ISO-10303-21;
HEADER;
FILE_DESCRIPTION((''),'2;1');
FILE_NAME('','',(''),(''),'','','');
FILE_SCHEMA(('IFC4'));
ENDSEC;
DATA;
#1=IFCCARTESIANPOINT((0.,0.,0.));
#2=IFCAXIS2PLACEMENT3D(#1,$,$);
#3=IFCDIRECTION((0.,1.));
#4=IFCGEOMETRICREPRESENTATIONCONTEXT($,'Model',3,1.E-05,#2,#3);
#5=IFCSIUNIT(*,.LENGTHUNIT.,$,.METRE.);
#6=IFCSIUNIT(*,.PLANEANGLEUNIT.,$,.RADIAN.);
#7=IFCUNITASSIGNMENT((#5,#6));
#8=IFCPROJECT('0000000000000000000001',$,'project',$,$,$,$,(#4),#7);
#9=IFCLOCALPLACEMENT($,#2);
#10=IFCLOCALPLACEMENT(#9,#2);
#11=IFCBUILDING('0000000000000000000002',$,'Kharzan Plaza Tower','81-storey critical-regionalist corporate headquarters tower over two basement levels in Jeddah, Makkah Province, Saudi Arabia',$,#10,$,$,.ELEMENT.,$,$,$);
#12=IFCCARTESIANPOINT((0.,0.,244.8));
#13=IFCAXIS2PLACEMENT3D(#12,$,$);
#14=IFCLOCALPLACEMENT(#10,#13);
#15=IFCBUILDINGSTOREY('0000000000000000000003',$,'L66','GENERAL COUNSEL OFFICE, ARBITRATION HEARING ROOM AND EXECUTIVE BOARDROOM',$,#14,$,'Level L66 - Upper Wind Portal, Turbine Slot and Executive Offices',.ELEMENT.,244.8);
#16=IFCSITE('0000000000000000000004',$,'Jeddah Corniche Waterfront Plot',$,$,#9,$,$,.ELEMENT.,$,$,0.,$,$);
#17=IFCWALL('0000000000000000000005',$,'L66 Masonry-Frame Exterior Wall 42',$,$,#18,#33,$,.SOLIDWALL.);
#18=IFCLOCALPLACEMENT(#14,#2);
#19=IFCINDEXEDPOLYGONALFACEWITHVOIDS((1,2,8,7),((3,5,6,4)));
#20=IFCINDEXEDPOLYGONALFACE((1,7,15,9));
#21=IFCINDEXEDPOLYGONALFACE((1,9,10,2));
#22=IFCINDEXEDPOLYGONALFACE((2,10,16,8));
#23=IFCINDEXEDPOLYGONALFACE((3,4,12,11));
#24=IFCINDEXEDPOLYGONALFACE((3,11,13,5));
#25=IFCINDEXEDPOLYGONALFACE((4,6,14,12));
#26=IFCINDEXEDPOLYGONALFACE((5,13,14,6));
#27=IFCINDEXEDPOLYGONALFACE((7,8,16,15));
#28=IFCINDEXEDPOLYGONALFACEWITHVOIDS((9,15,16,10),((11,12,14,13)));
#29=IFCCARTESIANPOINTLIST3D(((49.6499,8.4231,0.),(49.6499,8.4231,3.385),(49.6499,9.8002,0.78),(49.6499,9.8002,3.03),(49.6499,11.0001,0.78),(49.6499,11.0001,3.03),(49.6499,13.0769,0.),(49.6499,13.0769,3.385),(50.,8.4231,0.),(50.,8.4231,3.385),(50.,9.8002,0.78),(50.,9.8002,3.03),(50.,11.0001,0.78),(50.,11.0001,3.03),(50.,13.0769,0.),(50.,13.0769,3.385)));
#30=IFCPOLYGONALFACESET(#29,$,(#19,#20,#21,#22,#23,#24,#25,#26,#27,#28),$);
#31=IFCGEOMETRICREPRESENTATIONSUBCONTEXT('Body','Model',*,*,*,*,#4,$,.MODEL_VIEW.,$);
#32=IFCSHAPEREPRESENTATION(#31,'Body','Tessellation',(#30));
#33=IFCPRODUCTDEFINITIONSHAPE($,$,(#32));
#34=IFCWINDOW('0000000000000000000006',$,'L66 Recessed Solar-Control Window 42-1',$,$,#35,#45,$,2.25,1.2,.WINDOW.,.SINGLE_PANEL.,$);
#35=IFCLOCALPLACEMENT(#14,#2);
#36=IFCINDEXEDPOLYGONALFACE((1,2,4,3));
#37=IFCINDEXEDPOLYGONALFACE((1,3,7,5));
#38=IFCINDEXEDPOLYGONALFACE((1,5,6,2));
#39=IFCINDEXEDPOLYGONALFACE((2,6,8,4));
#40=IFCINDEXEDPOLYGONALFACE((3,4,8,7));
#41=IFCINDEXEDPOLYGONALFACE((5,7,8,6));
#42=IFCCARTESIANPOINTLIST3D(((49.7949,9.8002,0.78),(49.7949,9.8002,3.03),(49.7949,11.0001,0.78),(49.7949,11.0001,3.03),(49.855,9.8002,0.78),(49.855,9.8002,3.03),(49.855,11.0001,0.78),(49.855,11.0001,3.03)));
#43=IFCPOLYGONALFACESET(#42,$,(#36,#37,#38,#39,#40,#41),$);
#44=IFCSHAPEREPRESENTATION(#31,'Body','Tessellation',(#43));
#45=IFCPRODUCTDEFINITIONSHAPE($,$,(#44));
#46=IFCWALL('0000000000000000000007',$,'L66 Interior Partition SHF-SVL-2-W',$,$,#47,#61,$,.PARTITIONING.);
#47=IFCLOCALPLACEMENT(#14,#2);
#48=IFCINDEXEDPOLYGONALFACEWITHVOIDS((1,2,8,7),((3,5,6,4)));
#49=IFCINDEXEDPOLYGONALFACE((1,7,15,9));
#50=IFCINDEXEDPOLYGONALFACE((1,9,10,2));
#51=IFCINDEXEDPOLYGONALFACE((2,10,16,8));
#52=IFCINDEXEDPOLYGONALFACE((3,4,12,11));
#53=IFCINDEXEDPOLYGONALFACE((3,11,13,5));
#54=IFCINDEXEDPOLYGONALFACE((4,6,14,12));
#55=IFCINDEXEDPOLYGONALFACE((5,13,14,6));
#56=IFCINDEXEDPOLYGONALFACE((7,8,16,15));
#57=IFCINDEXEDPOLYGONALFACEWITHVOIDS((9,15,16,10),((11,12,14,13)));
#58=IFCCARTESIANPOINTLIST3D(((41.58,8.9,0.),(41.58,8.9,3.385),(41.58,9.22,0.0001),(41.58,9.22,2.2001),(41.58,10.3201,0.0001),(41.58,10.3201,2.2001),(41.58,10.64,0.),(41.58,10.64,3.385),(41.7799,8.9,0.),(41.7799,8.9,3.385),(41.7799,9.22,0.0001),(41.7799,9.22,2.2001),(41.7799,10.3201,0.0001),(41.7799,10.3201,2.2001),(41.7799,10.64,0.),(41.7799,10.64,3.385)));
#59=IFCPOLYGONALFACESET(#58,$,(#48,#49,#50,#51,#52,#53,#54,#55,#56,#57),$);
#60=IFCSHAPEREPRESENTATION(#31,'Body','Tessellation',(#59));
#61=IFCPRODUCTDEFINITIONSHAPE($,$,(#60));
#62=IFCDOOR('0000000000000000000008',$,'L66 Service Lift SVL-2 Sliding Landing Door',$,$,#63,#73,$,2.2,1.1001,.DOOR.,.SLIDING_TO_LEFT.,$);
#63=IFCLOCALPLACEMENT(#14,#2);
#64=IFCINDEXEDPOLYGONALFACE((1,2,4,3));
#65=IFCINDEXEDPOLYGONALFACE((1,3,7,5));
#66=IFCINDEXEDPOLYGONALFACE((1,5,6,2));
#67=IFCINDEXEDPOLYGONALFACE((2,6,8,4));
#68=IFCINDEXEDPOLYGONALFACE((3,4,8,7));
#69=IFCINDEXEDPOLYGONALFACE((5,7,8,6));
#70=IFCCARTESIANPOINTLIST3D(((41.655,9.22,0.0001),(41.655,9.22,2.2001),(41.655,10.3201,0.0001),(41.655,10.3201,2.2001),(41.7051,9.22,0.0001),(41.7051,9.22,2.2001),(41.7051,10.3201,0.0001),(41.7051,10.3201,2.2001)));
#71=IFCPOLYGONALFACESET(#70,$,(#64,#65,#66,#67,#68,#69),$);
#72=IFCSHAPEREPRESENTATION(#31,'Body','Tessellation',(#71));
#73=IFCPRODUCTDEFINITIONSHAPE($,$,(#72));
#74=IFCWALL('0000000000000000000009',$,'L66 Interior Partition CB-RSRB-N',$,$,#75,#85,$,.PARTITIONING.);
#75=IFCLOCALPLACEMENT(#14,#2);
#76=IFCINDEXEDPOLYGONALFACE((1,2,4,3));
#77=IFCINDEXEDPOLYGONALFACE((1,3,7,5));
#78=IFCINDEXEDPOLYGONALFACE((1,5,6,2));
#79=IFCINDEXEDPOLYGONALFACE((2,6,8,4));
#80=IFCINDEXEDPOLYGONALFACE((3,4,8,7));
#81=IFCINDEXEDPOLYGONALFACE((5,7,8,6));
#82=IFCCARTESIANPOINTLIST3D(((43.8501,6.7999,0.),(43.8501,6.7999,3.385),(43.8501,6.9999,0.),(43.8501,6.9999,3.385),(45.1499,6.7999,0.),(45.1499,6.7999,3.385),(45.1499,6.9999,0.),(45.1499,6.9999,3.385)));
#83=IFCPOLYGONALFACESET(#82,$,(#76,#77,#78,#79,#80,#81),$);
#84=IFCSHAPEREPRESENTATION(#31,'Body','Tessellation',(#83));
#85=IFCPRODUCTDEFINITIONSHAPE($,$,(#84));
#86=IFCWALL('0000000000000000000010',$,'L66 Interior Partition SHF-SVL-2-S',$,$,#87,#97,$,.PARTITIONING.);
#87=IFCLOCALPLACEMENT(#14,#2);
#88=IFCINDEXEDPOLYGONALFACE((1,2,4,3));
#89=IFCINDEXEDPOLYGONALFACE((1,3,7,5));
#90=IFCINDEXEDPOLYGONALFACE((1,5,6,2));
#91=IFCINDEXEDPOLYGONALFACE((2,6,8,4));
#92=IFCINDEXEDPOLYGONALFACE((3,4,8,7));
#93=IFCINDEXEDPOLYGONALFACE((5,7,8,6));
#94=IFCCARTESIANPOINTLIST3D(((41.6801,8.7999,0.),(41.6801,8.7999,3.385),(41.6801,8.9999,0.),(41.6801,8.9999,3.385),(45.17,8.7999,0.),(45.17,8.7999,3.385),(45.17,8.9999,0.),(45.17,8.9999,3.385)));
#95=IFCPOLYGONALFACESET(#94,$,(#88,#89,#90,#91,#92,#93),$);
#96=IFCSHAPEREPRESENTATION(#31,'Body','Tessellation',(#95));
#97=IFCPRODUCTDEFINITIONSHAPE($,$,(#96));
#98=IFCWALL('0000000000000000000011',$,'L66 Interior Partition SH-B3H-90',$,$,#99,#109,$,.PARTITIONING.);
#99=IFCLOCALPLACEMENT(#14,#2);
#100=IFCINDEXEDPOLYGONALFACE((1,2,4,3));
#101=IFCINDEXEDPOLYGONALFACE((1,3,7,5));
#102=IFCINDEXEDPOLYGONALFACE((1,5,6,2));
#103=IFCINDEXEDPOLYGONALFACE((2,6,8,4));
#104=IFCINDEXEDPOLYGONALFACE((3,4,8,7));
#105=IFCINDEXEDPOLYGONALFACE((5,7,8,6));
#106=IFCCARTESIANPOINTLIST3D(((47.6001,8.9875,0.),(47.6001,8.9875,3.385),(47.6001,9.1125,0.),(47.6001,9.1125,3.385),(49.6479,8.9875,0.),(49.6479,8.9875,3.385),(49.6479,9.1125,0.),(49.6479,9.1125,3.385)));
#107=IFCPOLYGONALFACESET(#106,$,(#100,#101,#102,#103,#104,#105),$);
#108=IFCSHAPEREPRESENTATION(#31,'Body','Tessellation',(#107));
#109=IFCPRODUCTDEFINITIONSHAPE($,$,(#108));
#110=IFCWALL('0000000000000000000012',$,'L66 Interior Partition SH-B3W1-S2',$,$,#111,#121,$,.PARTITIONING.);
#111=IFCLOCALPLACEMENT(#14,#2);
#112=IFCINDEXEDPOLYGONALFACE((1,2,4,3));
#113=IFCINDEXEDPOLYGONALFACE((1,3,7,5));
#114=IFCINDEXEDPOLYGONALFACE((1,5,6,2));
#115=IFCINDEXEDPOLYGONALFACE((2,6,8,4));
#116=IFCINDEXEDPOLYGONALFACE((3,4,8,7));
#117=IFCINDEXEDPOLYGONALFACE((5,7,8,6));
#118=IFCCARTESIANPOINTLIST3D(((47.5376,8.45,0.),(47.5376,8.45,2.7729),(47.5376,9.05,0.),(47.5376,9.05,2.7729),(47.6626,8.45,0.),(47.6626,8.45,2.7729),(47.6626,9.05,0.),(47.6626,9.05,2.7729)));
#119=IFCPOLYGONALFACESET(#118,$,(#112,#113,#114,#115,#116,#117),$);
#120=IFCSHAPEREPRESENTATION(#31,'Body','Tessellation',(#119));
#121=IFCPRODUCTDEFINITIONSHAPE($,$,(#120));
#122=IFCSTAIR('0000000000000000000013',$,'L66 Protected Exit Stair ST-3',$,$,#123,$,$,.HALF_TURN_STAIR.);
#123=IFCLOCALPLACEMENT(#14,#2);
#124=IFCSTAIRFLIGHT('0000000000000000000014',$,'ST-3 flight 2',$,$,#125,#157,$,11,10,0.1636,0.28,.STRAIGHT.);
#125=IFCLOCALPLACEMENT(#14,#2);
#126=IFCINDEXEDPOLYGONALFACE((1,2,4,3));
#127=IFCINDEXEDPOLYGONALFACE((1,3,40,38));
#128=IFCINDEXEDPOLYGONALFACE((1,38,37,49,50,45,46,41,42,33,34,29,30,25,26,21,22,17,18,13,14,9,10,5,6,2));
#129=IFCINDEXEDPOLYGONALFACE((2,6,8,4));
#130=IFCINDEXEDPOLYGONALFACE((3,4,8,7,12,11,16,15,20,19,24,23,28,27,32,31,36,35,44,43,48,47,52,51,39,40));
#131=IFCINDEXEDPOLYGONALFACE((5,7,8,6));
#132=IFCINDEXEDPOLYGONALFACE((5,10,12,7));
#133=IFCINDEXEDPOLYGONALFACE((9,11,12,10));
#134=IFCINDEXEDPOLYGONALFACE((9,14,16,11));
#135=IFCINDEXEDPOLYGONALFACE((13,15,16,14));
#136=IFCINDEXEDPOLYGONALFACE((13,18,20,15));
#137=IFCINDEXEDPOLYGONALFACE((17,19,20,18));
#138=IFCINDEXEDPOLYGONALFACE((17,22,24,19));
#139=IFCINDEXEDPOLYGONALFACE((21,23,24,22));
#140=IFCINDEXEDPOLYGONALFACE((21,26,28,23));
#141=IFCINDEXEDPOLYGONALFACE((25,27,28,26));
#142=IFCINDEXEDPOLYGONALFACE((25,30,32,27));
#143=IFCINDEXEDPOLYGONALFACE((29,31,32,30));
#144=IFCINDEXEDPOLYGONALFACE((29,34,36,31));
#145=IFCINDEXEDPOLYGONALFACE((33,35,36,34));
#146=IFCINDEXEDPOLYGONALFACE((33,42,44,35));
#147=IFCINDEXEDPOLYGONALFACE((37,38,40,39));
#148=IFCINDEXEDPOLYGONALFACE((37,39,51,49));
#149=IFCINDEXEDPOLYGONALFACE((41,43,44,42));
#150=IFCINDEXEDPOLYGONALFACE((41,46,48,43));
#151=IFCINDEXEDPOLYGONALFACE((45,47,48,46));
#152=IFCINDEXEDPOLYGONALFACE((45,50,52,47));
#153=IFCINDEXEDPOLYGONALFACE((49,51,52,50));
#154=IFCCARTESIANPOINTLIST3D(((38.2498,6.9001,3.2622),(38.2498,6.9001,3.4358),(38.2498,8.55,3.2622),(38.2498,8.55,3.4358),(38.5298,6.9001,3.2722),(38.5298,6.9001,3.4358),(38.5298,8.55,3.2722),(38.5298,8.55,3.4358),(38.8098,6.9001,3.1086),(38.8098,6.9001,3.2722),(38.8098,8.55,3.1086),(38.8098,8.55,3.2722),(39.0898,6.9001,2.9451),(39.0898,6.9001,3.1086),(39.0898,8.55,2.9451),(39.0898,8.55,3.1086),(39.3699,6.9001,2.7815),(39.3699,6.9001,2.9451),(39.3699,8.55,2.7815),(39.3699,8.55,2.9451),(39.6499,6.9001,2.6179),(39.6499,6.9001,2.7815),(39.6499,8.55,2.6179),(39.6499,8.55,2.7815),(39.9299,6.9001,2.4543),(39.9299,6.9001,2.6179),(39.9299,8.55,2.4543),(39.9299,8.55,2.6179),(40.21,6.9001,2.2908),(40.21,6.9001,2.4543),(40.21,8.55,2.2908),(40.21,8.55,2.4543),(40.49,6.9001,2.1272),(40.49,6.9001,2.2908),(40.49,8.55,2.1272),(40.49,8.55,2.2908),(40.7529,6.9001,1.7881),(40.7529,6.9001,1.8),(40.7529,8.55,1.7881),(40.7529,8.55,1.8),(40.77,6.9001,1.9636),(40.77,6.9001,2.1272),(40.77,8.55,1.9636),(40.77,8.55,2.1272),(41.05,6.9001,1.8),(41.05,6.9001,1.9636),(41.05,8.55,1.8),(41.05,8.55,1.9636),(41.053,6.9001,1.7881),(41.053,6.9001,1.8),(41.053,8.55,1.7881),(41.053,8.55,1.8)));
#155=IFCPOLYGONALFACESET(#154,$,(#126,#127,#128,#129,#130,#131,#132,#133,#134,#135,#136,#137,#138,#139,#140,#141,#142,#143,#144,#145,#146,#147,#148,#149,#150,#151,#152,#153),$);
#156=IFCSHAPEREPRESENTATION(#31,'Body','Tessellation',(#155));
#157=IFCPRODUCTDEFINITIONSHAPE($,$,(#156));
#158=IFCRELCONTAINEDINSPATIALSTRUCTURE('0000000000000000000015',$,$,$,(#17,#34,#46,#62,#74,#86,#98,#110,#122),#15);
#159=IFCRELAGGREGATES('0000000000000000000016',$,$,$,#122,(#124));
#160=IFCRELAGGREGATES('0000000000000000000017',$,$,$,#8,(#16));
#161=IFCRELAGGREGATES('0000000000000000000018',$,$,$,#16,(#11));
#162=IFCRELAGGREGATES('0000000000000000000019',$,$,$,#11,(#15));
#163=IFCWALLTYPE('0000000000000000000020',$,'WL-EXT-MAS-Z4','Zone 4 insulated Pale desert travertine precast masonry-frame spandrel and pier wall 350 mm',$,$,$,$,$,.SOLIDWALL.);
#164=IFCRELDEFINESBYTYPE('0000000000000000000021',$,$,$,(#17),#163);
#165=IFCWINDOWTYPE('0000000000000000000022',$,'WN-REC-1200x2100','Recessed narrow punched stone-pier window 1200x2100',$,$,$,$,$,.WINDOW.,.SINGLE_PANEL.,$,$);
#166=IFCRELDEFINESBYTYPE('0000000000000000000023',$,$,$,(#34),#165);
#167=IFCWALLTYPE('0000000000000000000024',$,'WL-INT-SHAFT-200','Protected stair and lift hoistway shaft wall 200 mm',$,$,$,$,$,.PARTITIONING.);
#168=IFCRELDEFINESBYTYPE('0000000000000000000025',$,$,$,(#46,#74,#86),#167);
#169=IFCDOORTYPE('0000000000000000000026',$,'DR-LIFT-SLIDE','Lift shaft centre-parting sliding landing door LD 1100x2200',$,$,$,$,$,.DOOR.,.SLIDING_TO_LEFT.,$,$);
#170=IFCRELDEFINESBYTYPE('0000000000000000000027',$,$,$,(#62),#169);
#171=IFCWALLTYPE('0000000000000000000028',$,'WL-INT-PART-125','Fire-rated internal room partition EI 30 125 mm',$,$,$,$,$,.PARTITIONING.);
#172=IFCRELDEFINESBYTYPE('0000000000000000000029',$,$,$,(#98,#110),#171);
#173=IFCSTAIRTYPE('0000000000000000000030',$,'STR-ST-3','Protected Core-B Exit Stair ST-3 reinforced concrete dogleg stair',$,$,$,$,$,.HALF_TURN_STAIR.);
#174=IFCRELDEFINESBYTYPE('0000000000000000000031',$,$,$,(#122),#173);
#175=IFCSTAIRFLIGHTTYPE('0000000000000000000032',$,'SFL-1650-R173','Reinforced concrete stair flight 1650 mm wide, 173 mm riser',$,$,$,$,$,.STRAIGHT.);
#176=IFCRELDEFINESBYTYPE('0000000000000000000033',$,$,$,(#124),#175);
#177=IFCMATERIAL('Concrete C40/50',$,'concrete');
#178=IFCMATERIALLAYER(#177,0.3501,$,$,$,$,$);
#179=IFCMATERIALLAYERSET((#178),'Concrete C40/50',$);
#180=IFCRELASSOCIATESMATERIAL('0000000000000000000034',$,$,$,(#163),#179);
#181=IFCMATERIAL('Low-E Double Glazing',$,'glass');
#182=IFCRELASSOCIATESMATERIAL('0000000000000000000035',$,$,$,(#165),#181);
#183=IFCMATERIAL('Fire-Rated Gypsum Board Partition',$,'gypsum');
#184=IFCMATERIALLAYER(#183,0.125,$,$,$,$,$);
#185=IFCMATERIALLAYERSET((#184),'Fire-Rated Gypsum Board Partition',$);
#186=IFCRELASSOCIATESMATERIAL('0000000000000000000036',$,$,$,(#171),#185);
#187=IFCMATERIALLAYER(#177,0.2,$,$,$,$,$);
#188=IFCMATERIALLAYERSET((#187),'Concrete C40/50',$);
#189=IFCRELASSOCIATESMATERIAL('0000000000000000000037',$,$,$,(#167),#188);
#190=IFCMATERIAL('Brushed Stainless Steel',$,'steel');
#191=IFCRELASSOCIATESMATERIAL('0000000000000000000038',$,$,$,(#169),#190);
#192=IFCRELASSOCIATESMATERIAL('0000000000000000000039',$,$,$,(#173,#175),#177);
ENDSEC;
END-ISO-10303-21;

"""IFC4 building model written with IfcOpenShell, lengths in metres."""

from ifc_helpers import new_model, si_unit, direction, frame, frame_2d, origin, place, context, subcontext, project, spatial, polyline, rectangle, outline, extrude, source, transform, mapped, material, layer, layer_set, type_object, element, fill, aggregate, save


model = new_model("IFC4")

# Units and contexts
model_context = context("Model", 3, precision=1e-05, world=origin(), true_north=direction((0.0, 1.0)))
body_context = subcontext(model_context, "Body", "Model", "MODEL_VIEW")
ifc_project = project(units=[si_unit("LENGTHUNIT", "METRE"), si_unit("PLANEANGLEUNIT", "RADIAN")], contexts=[model_context])

# Site, building, storey
site_placement = place(None, origin())
site = spatial("IfcSite", under=ifc_project, at=site_placement, Name="Jeddah Corniche Waterfront Plot", CompositionType="ELEMENT", RefElevation=0.0)
building_placement = place(site_placement, origin())
building = spatial("IfcBuilding", under=site, at=building_placement, Name="Kharzan Plaza Tower", Description="81-storey critical-regionalist corporate headquarters tower over two basement levels in Jeddah, Makkah Province, Saudi Arabia", CompositionType="ELEMENT")
storey_placement = place(building_placement, frame((0.0, 0.0, 244.8)))
storey = spatial("IfcBuildingStorey", under=building, at=storey_placement, Name="L66", Description="GENERAL COUNSEL OFFICE, ARBITRATION HEARING ROOM AND EXECUTIVE BOARDROOM", LongName="Level L66 - Upper Wind Portal, Turbine Slot and Executive Offices", CompositionType="ELEMENT", Elevation=244.8)

# Wall, opening, window
ifc_material_1 = material(Name="Concrete C40/50", Category="concrete")
ifc_layer_1 = layer(ifc_material_1, 0.3501)
ifc_layer_set_1 = layer_set([ifc_layer_1], Name="Concrete C40/50")
wall_type_1 = type_object("IfcWallType", Name="WL-EXT-MAS-Z4", Description="Zone 4 insulated Pale desert travertine precast masonry-frame spandrel and pier wall 350 mm", PredefinedType="SOLIDWALL", material=ifc_layer_set_1)
wall_1_placement = place(storey_placement, frame((49.825, 8.4231, 0.0), z_axis=(0.0, 0.0, 1.0), x_axis=(0.0, 1.0, 0.0)))
wall_1 = element("IfcWall", 1, at=wall_1_placement, inside=storey, type_object=wall_type_1, Name="L66 Masonry-Frame Exterior Wall 42", PredefinedType="SOLIDWALL", context=body_context, shape_type="SweptSolid", body=[
    extrude(rectangle(XDim=4.6538, YDim=0.3501, at=frame_2d((2.3269, 0.0))), origin(), (0.0, 0.0, 1.0), 3.385),
])
opening_1_placement = place(wall_1_placement, frame((1.377, 0.0, 0.78)))
opening_1 = element("IfcOpeningElement", 2, at=opening_1_placement, cuts=wall_1, PredefinedType="OPENING", context=body_context, shape_type="SweptSolid", body=[
    extrude(rectangle(XDim=1.2, YDim=2.25, at=frame_2d((0.6001, 1.125))), frame((0.0, 0.1851, 0.0), z_axis=(0.0, -1.0, 0.0), x_axis=(1.0, 0.0, 0.0)), (0.0, 0.0, 1.0), 0.3701),
])
ifc_material_2 = material(Name="Low-E Double Glazing", Category="glass")
window_type = type_object("IfcWindowType", Name="WN-REC-1200x2100", Description="Recessed narrow punched stone-pier window 1200x2100", PartitioningType="SINGLE_PANEL", PredefinedType="WINDOW", material=ifc_material_2)
shared_shape_1 = source(origin(), body_context, "Body", "SweptSolid", [
    extrude(rectangle(XDim=1.2, YDim=2.25, at=frame_2d((0.6001, 1.125))), frame((0.0, 0.03, 0.0), z_axis=(0.0, -1.0, 0.0), x_axis=(1.0, 0.0, 0.0)), (0.0, 0.0, 1.0), 0.0601),
])
window_placement = place(opening_1_placement, origin())
window = element("IfcWindow", 3, at=window_placement, inside=storey, type_object=window_type, Name="L66 Recessed Solar-Control Window 42-1", OverallHeight=2.25, OverallWidth=1.2, PartitioningType="SINGLE_PANEL", PredefinedType="WINDOW", context=body_context, shape_type="MappedRepresentation", body=[
    mapped(shared_shape_1, transform((0.0, 0.0, 0.0), x_axis=(1.0, 0.0, 0.0), y_axis=(0.0, 1.0, 0.0), z_axis=(0.0, 0.0, 1.0))),
])
fill(opening_1, window)

# Wall, opening, door
ifc_material_3 = material(Name="Fire-Rated Gypsum Board Partition", Category="gypsum")
ifc_layer_2 = layer(ifc_material_3, 0.125)
ifc_layer_set_2 = layer_set([ifc_layer_2], Name="Fire-Rated Gypsum Board Partition")
wall_type_2 = type_object("IfcWallType", Name="WL-INT-PART-125", Description="Fire-rated internal room partition EI 30 125 mm", PredefinedType="PARTITIONING", material=ifc_layer_set_2)
ifc_layer_3 = layer(ifc_material_1, 0.2)
ifc_layer_set_3 = layer_set([ifc_layer_3], Name="Concrete C40/50")
wall_type_3 = type_object("IfcWallType", Name="WL-INT-SHAFT-200", Description="Protected stair and lift hoistway shaft wall 200 mm", PredefinedType="PARTITIONING", material=ifc_layer_set_3)
wall_2_placement = place(storey_placement, frame((41.6799, 8.8999, 0.0), z_axis=(0.0, 0.0, 1.0), x_axis=(0.0, 1.0, 0.0)))
wall_2 = element("IfcWall", 4, at=wall_2_placement, inside=storey, type_object=wall_type_3, Name="L66 Interior Partition SHF-SVL-2-W", PredefinedType="PARTITIONING", context=body_context, shape_type="SweptSolid", body=[
    extrude(rectangle(XDim=1.74, YDim=0.2, at=frame_2d((0.8701, 0.0))), origin(), (0.0, 0.0, 1.0), 3.385),
])
opening_2_placement = place(wall_2_placement, frame((0.3201, 0.0, 0.0)))
opening_2 = element("IfcOpeningElement", 5, at=opening_2_placement, cuts=wall_2, PredefinedType="OPENING", context=body_context, shape_type="SweptSolid", body=[
    extrude(rectangle(XDim=1.1001, YDim=2.2, at=frame_2d((0.55, 1.1001))), frame((0.0, 0.1099, 0.0), z_axis=(0.0, -1.0, 0.0), x_axis=(1.0, 0.0, 0.0)), (0.0, 0.0, 1.0), 0.22),
])
ifc_material_4 = material(Name="Brushed Stainless Steel", Category="steel")
door_type_1 = type_object("IfcDoorType", Name="DR-LIFT-SLIDE", Description="Lift shaft centre-parting sliding landing door LD 1100x2200", OperationType="SLIDING_TO_LEFT", PredefinedType="DOOR", material=ifc_material_4)
shared_shape_2 = source(origin(), body_context, "Body", "SweptSolid", [
    extrude(rectangle(XDim=1.1001, YDim=2.2, at=frame_2d((0.55, 1.1001))), frame((0.0, 0.0249, 0.0), z_axis=(0.0, -1.0, 0.0), x_axis=(1.0, 0.0, 0.0)), (0.0, 0.0, 1.0), 0.05),
])
door_1_placement = place(opening_2_placement, origin())
door_1 = element("IfcDoor", 6, at=door_1_placement, inside=storey, type_object=door_type_1, Name="L66 Service Lift SVL-2 Sliding Landing Door", OperationType="SLIDING_TO_LEFT", OverallHeight=2.2, OverallWidth=1.1001, PredefinedType="DOOR", context=body_context, shape_type="MappedRepresentation", body=[
    mapped(shared_shape_2, transform((0.0, 0.0, 0.0), x_axis=(1.0, 0.0, 0.0), y_axis=(0.0, 1.0, 0.0), z_axis=(0.0, 0.0, 1.0))),
])
fill(opening_2, door_1)

# Walls
shared_shape_3 = source(origin(), body_context, "Body", "SweptSolid", [
    extrude(rectangle(XDim=1.2998, YDim=0.2, at=frame_2d((0.6499, 0.0))), origin(), (0.0, 0.0, 1.0), 3.385),
])
wall_3_placement = place(storey_placement, frame((43.8501, 6.8999, 0.0), z_axis=(0.0, 0.0, 1.0), x_axis=(1.0, 0.0, 0.0)))
element("IfcWall", 7, at=wall_3_placement, inside=storey, type_object=wall_type_3, Name="L66 Interior Partition CB-RSRB-N", PredefinedType="PARTITIONING", context=body_context, shape_type="MappedRepresentation", body=[
    mapped(shared_shape_3, transform((0.0, 0.0, 0.0), x_axis=(1.0, 0.0, 0.0), y_axis=(0.0, 1.0, 0.0), z_axis=(0.0, 0.0, 1.0))),
])
shared_shape_4 = source(origin(), body_context, "Body", "SweptSolid", [
    extrude(rectangle(XDim=3.49, YDim=0.2, at=frame_2d((1.7451, 0.0))), origin(), (0.0, 0.0, 1.0), 3.385),
])
wall_4_placement = place(storey_placement, frame((41.6799, 8.8999, 0.0), z_axis=(0.0, 0.0, 1.0), x_axis=(1.0, 0.0, 0.0)))
element("IfcWall", 8, at=wall_4_placement, inside=storey, type_object=wall_type_3, Name="L66 Interior Partition SHF-SVL-2-S", PredefinedType="PARTITIONING", context=body_context, shape_type="MappedRepresentation", body=[
    mapped(shared_shape_4, transform((0.0, 0.0, 0.0), x_axis=(1.0, 0.0, 0.0), y_axis=(0.0, 1.0, 0.0), z_axis=(0.0, 0.0, 1.0))),
])
shared_shape_5 = source(origin(), body_context, "Body", "SweptSolid", [
    extrude(rectangle(XDim=2.0479, YDim=0.125, at=frame_2d((1.0239, 0.0))), origin(), (0.0, 0.0, 1.0), 3.385),
])
wall_5_placement = place(storey_placement, frame((47.6001, 9.05, 0.0), z_axis=(0.0, 0.0, 1.0), x_axis=(1.0, 0.0, 0.0)))
element("IfcWall", 9, at=wall_5_placement, inside=storey, type_object=wall_type_2, Name="L66 Interior Partition SH-B3H-90", PredefinedType="PARTITIONING", context=body_context, shape_type="MappedRepresentation", body=[
    mapped(shared_shape_5, transform((0.0, 0.0, 0.0), x_axis=(1.0, 0.0, 0.0), y_axis=(0.0, 1.0, 0.0), z_axis=(0.0, 0.0, 1.0))),
])
shared_shape_6 = source(origin(), body_context, "Body", "SweptSolid", [
    extrude(rectangle(XDim=0.6001, YDim=0.125, at=frame_2d((0.3, 0.0))), origin(), (0.0, 0.0, 1.0), 2.7729),
])
wall_6_placement = place(storey_placement, frame((47.6001, 8.45, 0.0), z_axis=(0.0, 0.0, 1.0), x_axis=(0.0, 1.0, 0.0)))
element("IfcWall", 10, at=wall_6_placement, inside=storey, type_object=wall_type_2, Name="L66 Interior Partition SH-B3W1-S2", PredefinedType="PARTITIONING", context=body_context, shape_type="MappedRepresentation", body=[
    mapped(shared_shape_6, transform((0.0, 0.0, 0.0), x_axis=(1.0, 0.0, 0.0), y_axis=(0.0, 1.0, 0.0), z_axis=(0.0, 0.0, 1.0))),
])

# Stair, stair flight
stair_type = type_object("IfcStairType", Name="STR-ST-3", Description="Protected Core-B Exit Stair ST-3 reinforced concrete dogleg stair", PredefinedType="HALF_TURN_STAIR", material=ifc_material_1)
stair_placement = place(storey_placement, origin())
stair = element("IfcStair", 11, at=stair_placement, inside=storey, type_object=stair_type, Name="L66 Protected Exit Stair ST-3", PredefinedType="HALF_TURN_STAIR")
stair_flight_type = type_object("IfcStairFlightType", Name="SFL-1650-R173", Description="Reinforced concrete stair flight 1650 mm wide, 173 mm riser", PredefinedType="STRAIGHT", material=ifc_material_1)
shared_shape_7 = source(origin(), body_context, "Body", "SweptSolid", [
    extrude(outline(polyline([(-0.0029, -0.012), (-0.0029, 0.0), (0.0, 0.0), (0.0, 0.1636), (0.28, 0.1636), (0.28, 0.3271), (0.5601, 0.3271), (0.5601, 0.4907), (0.8401, 0.4907), (0.8401, 0.6543), (1.1201, 0.6543), (1.1201, 0.8179), (1.4001, 0.8179), (1.4001, 0.9814), (1.6802, 0.9814), (1.6802, 1.145), (1.9602, 1.145), (1.9602, 1.3086), (2.2402, 1.3086), (2.2402, 1.4722), (2.5203, 1.4722), (2.5203, 1.6357), (2.8003, 1.6357), (2.8003, 1.7993), (2.8003, 1.4622), (0.2971, 0.0), (0.2971, -0.012), (-0.0029, -0.012)])), frame((0.0, 0.825, 0.0), z_axis=(0.0, -1.0, 0.0), x_axis=(1.0, 0.0, 0.0)), (0.0, 0.0, 1.0), 1.6499),
])
stair_flight_placement = place(storey_placement, frame((41.05, 7.7251, 1.8), z_axis=(0.0, 0.0, 1.0), x_axis=(-1.0, 0.0, 0.0)))
stair_flight = element("IfcStairFlight", 12, at=stair_flight_placement, type_object=stair_flight_type, Name="ST-3 flight 2", NumberOfRisers=11, NumberOfTreads=10, PredefinedType="STRAIGHT", RiserHeight=0.1636, TreadLength=0.28, context=body_context, shape_type="MappedRepresentation", body=[
    mapped(shared_shape_7, transform((0.0, 0.0, 0.0), x_axis=(1.0, 0.0, 0.0), y_axis=(0.0, 1.0, 0.0), z_axis=(0.0, 0.0, 1.0))),
])
aggregate(stair, [stair_flight])

save(model, "model.ifc")
